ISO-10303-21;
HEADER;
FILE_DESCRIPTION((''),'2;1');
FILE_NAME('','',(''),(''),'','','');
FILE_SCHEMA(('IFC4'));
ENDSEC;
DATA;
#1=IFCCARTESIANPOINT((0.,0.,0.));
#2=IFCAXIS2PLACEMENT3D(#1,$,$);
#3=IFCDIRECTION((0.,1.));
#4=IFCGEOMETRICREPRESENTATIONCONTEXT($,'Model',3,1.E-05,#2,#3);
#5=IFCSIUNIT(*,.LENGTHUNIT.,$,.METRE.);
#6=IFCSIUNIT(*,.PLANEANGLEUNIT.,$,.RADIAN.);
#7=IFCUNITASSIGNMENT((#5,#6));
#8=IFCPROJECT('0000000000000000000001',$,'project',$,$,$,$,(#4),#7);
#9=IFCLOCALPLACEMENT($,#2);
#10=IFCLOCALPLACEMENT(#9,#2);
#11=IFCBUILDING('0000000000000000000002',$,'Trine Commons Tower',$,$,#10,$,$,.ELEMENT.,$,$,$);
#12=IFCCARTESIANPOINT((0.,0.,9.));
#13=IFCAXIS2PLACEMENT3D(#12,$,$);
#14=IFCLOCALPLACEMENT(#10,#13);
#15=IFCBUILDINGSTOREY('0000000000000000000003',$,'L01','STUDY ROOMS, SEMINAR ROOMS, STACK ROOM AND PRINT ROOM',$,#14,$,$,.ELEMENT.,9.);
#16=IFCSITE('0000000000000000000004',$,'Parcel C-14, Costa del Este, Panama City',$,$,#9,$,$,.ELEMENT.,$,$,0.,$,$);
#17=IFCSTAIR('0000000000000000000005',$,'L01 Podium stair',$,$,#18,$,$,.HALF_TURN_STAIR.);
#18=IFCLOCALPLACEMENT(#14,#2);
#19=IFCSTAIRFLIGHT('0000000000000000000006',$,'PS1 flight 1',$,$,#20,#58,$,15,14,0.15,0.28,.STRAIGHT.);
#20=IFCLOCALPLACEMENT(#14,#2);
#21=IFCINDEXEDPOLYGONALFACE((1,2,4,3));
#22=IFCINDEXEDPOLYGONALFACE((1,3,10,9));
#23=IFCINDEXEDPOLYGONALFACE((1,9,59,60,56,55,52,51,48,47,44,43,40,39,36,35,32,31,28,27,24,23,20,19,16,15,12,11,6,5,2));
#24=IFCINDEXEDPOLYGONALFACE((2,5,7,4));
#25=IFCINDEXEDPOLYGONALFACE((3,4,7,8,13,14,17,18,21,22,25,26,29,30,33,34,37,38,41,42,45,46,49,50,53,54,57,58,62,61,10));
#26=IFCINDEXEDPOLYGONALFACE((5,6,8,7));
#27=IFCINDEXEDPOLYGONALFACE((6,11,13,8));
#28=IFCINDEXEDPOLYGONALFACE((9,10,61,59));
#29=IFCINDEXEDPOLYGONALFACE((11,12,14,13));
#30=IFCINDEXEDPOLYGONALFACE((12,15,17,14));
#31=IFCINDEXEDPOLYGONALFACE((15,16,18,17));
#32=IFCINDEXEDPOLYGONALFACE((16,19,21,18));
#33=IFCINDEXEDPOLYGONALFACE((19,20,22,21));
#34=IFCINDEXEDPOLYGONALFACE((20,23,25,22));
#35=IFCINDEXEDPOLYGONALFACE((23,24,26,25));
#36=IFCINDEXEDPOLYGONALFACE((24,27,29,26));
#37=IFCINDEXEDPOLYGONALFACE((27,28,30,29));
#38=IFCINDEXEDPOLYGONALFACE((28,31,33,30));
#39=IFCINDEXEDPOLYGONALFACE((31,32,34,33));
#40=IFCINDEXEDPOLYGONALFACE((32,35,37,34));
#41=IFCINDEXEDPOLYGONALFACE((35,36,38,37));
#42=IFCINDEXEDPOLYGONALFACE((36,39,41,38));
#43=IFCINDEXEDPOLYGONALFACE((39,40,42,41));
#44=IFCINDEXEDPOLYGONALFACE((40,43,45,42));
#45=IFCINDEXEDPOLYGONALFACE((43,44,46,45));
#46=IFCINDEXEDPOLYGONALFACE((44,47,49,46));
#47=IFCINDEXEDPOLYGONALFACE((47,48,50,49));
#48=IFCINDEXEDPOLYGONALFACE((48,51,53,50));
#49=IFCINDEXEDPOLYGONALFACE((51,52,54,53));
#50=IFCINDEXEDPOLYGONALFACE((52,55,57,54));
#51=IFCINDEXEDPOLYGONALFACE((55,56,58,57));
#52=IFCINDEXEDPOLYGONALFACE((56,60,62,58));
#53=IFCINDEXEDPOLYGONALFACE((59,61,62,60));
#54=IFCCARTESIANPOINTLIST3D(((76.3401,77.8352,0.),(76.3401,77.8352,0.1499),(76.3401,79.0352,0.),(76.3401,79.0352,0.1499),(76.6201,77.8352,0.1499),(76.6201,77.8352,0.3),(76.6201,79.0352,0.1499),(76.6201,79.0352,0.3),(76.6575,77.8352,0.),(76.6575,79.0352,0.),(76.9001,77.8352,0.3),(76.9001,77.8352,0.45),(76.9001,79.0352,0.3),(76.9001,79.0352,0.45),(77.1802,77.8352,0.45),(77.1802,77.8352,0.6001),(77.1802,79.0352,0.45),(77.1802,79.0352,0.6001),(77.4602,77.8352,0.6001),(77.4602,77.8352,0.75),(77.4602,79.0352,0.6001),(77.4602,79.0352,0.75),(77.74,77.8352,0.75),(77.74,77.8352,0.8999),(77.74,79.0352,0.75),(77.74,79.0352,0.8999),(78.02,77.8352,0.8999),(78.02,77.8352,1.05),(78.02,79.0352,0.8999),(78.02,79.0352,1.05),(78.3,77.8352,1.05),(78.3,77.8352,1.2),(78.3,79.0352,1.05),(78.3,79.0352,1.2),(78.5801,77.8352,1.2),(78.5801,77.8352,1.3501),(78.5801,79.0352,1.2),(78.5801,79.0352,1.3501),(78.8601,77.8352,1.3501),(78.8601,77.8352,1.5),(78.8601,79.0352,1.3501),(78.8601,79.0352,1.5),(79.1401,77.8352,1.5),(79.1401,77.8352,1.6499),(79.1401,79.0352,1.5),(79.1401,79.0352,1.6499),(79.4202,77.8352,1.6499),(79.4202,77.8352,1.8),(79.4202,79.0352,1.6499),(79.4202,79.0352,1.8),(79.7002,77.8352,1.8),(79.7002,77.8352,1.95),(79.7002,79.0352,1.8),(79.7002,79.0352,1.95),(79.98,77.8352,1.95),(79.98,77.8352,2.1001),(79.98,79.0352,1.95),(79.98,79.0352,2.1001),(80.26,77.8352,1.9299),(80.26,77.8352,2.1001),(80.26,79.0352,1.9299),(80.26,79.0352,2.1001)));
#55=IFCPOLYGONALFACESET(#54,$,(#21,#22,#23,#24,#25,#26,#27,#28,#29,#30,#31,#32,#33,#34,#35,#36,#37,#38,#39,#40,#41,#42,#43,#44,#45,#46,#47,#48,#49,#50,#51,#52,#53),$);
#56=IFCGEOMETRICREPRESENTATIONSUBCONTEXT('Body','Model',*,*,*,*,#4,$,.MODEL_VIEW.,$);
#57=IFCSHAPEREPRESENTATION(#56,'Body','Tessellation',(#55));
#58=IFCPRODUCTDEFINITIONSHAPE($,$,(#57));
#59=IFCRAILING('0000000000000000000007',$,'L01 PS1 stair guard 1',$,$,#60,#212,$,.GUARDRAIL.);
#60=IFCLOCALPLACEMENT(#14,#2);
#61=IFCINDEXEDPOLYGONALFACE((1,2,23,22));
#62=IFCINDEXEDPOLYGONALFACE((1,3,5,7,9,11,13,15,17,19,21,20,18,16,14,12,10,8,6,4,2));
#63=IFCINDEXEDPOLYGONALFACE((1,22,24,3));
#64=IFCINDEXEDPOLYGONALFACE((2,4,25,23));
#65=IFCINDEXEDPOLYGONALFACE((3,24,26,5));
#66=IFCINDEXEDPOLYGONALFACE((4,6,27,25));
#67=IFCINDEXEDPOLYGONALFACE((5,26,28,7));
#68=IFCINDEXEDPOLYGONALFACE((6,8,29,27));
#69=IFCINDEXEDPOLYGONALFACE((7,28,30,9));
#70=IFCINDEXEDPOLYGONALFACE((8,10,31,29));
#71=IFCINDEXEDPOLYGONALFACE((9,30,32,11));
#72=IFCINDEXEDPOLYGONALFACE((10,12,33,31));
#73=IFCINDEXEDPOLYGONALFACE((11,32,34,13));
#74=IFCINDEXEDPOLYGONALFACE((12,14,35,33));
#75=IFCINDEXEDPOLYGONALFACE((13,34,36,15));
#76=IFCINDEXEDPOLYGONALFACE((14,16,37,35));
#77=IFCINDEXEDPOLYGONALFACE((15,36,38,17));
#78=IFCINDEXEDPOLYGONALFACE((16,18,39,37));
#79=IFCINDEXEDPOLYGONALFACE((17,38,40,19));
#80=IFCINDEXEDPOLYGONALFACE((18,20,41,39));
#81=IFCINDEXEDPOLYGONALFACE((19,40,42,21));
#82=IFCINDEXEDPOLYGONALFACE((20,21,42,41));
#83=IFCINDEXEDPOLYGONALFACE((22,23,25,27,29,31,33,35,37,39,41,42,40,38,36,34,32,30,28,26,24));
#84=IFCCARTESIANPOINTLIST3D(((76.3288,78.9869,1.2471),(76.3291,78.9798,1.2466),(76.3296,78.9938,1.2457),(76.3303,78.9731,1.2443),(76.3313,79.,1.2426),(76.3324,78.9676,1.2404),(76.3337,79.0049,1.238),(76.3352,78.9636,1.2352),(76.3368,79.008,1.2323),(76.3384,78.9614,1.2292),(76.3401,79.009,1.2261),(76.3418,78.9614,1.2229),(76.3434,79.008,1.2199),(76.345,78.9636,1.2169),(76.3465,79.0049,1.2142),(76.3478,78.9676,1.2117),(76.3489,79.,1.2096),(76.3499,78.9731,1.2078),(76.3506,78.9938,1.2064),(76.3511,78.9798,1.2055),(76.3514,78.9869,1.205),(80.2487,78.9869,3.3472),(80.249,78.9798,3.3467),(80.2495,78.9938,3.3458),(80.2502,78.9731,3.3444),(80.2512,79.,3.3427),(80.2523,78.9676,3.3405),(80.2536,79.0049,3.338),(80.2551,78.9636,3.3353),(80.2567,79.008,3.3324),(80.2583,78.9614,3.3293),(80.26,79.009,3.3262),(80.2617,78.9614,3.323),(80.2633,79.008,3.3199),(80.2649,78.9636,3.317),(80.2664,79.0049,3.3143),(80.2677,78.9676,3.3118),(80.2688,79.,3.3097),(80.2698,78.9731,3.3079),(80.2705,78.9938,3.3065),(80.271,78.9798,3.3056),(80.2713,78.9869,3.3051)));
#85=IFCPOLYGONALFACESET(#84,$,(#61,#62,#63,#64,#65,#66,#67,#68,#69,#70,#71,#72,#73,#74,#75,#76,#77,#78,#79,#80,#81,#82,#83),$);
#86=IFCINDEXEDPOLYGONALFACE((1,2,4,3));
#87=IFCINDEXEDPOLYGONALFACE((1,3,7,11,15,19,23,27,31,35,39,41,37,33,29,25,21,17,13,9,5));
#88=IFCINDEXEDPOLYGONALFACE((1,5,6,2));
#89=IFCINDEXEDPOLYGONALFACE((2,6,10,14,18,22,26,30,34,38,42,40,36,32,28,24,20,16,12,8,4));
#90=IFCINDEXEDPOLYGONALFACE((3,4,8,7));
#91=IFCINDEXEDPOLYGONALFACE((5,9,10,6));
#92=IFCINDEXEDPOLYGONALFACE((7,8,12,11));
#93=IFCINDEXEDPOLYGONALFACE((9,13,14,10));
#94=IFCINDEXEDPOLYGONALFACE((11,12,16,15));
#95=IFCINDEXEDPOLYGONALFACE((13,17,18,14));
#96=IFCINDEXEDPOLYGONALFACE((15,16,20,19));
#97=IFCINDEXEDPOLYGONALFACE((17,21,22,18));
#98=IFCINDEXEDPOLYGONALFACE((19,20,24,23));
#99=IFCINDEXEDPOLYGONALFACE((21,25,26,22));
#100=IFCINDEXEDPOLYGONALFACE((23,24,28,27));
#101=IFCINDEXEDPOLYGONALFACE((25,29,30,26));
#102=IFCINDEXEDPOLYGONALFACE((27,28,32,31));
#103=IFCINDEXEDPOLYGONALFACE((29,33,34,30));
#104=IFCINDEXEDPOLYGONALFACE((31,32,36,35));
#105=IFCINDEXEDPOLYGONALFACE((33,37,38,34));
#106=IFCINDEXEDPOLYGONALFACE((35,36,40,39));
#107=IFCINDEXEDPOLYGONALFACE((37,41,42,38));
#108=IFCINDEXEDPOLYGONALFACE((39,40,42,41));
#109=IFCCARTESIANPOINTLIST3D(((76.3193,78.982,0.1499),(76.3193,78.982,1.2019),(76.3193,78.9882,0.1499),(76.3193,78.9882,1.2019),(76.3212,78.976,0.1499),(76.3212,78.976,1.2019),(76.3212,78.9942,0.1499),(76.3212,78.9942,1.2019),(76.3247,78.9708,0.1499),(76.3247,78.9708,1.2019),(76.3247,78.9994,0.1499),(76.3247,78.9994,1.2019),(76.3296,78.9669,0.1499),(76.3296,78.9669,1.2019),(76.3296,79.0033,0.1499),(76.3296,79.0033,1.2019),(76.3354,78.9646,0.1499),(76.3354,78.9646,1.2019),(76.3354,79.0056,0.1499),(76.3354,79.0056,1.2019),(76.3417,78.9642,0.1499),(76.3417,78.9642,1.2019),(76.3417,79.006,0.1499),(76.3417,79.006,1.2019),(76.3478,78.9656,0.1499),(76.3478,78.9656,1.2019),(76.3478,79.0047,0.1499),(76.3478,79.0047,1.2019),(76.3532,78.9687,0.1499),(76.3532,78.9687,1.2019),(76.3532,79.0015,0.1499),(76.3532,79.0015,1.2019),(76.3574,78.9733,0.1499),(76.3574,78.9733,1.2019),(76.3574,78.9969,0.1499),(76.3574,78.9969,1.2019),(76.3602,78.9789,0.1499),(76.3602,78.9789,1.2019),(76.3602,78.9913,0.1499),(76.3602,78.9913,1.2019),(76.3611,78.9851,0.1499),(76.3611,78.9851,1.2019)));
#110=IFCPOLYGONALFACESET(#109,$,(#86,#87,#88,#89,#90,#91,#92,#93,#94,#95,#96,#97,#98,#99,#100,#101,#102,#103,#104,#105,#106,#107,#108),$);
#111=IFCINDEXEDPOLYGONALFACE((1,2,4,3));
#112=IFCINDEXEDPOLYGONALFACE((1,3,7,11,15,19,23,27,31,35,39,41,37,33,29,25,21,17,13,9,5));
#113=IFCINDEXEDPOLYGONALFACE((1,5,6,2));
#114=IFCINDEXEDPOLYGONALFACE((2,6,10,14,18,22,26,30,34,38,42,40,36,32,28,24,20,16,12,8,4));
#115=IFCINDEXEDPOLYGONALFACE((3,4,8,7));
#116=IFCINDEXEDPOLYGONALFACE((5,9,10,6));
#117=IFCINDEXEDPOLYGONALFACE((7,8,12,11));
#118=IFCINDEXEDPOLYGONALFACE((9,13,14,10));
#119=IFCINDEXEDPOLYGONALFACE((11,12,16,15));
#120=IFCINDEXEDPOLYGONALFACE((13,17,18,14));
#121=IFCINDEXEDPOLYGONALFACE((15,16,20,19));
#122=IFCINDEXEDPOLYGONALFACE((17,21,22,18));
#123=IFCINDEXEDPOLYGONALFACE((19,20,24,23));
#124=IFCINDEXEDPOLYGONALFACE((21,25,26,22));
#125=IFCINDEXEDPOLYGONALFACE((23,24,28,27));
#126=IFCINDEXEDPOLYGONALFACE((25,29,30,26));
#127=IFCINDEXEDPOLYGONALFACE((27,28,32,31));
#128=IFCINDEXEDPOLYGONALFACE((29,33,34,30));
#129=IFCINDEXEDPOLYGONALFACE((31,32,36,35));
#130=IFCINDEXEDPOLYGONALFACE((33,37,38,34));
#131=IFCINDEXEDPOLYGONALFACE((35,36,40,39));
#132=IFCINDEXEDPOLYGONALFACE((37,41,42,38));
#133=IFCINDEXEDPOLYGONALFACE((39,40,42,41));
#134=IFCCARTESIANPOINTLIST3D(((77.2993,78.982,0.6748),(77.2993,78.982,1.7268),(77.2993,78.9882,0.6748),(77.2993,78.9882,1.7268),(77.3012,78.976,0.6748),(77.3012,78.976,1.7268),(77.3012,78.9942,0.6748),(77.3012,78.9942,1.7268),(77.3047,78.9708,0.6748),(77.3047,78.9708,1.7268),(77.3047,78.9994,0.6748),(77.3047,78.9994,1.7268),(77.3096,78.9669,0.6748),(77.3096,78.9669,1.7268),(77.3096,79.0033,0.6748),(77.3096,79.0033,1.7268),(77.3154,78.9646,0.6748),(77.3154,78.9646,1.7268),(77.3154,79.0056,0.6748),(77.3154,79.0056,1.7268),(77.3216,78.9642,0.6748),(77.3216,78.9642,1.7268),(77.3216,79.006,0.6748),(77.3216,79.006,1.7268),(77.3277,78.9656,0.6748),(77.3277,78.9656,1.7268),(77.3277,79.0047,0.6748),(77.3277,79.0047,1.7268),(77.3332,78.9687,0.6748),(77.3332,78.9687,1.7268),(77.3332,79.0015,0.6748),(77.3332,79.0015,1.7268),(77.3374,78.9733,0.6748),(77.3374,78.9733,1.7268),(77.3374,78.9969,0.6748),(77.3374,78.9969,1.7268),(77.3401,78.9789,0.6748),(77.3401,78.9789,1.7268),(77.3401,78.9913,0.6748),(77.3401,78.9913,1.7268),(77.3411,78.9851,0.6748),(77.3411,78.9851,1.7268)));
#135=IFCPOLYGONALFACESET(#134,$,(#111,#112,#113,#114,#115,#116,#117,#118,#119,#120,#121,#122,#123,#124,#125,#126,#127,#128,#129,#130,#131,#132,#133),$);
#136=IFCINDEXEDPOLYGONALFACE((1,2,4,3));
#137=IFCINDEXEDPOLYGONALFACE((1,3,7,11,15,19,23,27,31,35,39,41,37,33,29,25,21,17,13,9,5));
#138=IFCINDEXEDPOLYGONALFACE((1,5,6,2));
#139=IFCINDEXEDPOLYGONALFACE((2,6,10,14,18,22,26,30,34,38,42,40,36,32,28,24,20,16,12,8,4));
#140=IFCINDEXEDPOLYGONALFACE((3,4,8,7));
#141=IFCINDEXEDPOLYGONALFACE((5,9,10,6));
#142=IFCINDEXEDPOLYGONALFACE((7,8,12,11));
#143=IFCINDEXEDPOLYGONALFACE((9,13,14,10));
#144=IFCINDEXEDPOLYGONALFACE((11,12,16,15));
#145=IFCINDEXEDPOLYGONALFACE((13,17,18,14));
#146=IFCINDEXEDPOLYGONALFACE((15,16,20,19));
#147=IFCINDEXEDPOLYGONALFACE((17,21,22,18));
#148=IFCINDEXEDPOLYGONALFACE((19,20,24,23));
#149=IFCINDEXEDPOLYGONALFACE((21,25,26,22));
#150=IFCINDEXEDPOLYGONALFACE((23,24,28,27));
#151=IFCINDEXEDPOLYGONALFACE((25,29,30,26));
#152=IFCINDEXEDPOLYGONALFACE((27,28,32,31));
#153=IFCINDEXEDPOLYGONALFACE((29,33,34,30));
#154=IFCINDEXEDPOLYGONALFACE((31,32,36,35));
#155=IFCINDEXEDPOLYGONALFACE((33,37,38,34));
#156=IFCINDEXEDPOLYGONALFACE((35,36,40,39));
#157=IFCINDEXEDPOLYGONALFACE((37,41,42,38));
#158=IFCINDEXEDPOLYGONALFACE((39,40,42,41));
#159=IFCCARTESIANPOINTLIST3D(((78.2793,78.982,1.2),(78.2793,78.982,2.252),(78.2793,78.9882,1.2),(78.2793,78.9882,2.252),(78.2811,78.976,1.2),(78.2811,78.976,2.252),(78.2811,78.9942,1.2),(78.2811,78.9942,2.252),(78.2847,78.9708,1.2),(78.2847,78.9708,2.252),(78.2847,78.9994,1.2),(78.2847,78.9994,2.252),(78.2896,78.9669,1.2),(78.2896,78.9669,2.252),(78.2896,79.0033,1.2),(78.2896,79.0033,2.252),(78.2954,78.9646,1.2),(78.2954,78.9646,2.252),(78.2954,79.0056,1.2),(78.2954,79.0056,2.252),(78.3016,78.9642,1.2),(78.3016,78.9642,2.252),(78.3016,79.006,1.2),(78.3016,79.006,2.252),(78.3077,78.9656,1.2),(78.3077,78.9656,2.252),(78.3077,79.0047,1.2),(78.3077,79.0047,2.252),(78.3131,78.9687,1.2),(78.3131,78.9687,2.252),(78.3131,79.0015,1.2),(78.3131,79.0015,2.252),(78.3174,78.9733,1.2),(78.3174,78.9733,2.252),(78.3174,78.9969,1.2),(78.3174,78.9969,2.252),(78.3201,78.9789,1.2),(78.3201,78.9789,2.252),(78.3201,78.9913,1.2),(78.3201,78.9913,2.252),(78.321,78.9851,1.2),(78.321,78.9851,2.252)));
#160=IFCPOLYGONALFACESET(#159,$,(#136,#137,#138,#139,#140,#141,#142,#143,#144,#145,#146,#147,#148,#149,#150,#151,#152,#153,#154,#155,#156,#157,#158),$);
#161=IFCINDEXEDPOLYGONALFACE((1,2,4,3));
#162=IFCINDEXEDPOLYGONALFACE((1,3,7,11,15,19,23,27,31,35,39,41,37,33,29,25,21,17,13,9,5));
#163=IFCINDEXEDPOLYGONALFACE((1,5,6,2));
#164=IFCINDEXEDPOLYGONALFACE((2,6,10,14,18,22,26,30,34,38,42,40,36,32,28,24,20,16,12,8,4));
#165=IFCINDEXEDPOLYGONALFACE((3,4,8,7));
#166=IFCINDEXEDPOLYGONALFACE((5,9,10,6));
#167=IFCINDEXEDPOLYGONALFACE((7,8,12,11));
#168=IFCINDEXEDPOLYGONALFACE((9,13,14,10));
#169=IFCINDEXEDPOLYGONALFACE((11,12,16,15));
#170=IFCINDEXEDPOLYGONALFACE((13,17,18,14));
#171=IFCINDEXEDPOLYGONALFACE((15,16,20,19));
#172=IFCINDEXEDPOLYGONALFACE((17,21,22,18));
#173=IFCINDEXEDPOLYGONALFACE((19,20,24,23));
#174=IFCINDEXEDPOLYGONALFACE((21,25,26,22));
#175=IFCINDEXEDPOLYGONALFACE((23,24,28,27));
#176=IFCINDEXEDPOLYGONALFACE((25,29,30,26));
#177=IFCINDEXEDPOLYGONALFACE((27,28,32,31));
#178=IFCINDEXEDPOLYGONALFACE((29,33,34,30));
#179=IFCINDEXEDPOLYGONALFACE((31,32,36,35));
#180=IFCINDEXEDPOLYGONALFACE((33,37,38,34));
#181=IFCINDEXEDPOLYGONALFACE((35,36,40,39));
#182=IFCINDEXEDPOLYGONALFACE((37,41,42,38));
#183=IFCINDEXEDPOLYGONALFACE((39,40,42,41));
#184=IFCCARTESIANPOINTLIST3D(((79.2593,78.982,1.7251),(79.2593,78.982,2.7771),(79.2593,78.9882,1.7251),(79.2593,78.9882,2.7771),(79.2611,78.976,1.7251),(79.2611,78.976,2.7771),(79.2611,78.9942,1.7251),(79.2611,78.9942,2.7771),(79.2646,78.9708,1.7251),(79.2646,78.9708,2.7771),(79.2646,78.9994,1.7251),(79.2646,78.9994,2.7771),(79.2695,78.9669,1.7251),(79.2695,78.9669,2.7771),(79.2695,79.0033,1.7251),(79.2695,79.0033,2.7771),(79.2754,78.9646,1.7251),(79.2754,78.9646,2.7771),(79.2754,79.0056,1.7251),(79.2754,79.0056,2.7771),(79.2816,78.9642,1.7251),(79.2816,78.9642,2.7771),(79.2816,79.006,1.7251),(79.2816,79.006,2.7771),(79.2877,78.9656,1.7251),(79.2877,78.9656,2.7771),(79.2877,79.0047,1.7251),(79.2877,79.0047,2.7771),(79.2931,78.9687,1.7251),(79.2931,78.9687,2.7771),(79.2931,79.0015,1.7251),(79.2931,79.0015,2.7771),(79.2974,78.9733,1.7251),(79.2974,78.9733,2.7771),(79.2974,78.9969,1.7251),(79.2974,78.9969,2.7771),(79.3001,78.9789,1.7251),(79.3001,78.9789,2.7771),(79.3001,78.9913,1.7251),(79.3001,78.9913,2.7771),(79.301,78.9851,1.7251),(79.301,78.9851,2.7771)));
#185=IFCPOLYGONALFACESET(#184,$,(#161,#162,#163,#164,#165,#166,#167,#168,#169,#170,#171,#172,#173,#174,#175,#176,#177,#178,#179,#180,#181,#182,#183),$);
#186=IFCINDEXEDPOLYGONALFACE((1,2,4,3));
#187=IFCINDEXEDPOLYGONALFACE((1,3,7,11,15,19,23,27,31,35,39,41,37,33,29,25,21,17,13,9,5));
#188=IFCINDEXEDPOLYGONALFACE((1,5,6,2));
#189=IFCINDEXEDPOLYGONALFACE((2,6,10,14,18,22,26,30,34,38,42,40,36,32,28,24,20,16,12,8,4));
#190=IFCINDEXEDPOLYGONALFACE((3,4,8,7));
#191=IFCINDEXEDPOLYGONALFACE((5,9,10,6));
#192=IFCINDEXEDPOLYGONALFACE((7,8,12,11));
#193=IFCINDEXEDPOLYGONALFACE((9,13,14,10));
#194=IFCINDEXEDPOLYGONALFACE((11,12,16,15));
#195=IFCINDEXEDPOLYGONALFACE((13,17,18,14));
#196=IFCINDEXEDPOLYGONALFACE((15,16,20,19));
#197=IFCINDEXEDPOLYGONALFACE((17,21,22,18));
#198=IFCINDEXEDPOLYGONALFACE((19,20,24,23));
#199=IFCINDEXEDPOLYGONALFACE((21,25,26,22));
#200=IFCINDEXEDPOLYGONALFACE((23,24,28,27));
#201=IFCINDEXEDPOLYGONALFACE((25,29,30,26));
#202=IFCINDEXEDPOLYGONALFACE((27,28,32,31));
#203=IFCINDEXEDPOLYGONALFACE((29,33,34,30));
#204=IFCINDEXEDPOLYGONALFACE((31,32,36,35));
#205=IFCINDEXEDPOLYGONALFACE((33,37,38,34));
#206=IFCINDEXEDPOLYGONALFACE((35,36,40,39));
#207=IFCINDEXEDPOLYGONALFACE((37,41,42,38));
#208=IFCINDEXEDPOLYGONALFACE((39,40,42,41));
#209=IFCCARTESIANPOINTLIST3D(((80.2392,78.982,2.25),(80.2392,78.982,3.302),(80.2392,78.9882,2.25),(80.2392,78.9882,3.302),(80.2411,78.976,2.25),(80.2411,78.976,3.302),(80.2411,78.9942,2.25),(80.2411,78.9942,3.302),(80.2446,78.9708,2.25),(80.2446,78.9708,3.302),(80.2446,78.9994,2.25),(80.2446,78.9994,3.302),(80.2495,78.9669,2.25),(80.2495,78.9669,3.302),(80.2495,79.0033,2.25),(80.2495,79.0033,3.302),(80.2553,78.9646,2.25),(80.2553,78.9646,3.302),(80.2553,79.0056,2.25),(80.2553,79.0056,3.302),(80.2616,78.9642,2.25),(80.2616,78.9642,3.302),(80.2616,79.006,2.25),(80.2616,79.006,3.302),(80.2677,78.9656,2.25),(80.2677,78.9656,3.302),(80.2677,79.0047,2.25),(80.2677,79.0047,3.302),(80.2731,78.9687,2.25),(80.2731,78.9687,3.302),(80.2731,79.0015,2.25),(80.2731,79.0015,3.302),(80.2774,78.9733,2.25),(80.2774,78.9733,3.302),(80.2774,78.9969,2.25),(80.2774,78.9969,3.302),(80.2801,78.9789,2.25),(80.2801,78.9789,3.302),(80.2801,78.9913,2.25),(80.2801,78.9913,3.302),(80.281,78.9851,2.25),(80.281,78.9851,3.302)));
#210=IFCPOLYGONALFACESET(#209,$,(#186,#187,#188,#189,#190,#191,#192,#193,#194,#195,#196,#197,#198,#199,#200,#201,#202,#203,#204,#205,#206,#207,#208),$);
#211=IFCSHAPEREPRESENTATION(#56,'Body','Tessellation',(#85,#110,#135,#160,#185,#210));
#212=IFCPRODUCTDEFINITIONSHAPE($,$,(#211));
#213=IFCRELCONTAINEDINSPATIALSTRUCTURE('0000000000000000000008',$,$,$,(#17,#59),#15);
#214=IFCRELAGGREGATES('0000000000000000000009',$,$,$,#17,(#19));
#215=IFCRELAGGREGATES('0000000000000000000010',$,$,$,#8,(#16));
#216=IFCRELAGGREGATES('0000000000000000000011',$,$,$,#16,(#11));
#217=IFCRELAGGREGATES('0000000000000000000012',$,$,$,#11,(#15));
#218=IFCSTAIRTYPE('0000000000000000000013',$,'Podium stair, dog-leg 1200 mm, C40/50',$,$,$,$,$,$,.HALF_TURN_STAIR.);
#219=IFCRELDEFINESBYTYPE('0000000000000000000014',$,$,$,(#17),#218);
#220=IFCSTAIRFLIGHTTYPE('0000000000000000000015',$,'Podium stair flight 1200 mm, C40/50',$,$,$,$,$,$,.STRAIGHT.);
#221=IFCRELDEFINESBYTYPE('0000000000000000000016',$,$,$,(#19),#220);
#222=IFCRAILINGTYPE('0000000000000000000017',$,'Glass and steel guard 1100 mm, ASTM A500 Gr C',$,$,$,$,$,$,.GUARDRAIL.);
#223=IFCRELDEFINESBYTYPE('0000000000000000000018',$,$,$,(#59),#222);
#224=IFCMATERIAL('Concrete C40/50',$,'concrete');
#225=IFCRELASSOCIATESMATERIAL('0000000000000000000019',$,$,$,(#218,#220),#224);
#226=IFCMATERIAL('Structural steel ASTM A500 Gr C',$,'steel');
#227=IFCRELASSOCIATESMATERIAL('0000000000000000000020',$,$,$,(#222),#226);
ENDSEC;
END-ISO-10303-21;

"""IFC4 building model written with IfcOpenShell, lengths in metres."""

from ifc_helpers import new_model, si_unit, direction, frame, origin, origin_2d, place, context, subcontext, project, spatial, polyline, circle, outline, extrude, material, type_object, element, aggregate, save


model = new_model("IFC4")

# Units and contexts
model_context = context("Model", 3, precision=1e-05, world=origin(), true_north=direction((0.0, 1.0)))
body_context = subcontext(model_context, "Body", "Model", "MODEL_VIEW")
ifc_project = project(units=[si_unit("LENGTHUNIT", "METRE"), si_unit("PLANEANGLEUNIT", "RADIAN")], contexts=[model_context])

# Site, building, storey
site_placement = place(None, origin())
site = spatial("IfcSite", under=ifc_project, at=site_placement, Name="Parcel C-14, Costa del Este, Panama City", CompositionType="ELEMENT", RefElevation=0.0)
building_placement = place(site_placement, origin())
building = spatial("IfcBuilding", under=site, at=building_placement, Name="Trine Commons Tower", CompositionType="ELEMENT")
storey_placement = place(building_placement, frame((0.0, 0.0, 9.0)))
storey = spatial("IfcBuildingStorey", under=building, at=storey_placement, Name="L01", Description="STUDY ROOMS, SEMINAR ROOMS, STACK ROOM AND PRINT ROOM", CompositionType="ELEMENT", Elevation=9.0)

# Stair, stair flight
ifc_material_1 = material(Name="Concrete C40/50", Category="concrete")
stair_type = type_object("IfcStairType", Name="Podium stair, dog-leg 1200 mm, C40/50", PredefinedType="HALF_TURN_STAIR", material=ifc_material_1)
stair_placement = place(storey_placement, origin())
stair = element("IfcStair", 1, at=stair_placement, inside=storey, type_object=stair_type, Name="L01 Podium stair", PredefinedType="HALF_TURN_STAIR")
stair_flight_type = type_object("IfcStairFlightType", Name="Podium stair flight 1200 mm, C40/50", PredefinedType="STRAIGHT", material=ifc_material_1)
stair_flight_placement = place(storey_placement, frame((76.3401, 78.4351, 0.0), z_axis=(0.0, 0.0, 1.0), x_axis=(1.0, 0.0, 0.0)))
stair_flight = element("IfcStairFlight", 2, at=stair_flight_placement, type_object=stair_flight_type, Name="PS1 flight 1", NumberOfRisers=15, NumberOfTreads=14, PredefinedType="STRAIGHT", RiserHeight=0.15, TreadLength=0.28, context=body_context, shape_type="SweptSolid", body=[
    extrude(outline(polyline([(0.0, 0.0), (0.0, 0.1499), (0.28, 0.1499), (0.28, 0.3), (0.5601, 0.3), (0.5601, 0.45), (0.8401, 0.45), (0.8401, 0.6001), (1.1201, 0.6001), (1.1201, 0.75), (1.3999, 0.75), (1.3999, 0.8999), (1.6799, 0.8999), (1.6799, 1.05), (1.96, 1.05), (1.96, 1.2), (2.24, 1.2), (2.24, 1.3501), (2.52, 1.3501), (2.52, 1.5), (2.8, 1.5), (2.8, 1.6499), (3.0801, 1.6499), (3.0801, 1.8), (3.3601, 1.8), (3.3601, 1.95), (3.6399, 1.95), (3.6399, 2.1001), (3.9199, 2.1001), (3.9199, 2.25), (3.9199, 1.9299), (0.3174, 0.0), (0.0, 0.0)])), frame((0.0, 0.6001, 0.0), z_axis=(0.0, -1.0, 0.0), x_axis=(1.0, 0.0, 0.0)), (0.0, 0.0, 1.0), 1.2),
])
aggregate(stair, [stair_flight])

# Railing
ifc_material_2 = material(Name="Structural steel ASTM A500 Gr C", Category="steel")
railing_type_1 = type_object("IfcRailingType", Name="Glass and steel guard 1100 mm, ASTM A500 Gr C", PredefinedType="GUARDRAIL", material=ifc_material_2)
railing_1_placement = place(storey_placement, frame((76.3401, 78.9851, 0.1499)))
element("IfcRailing", 3, at=railing_1_placement, inside=storey, type_object=railing_type_1, Name="L01 PS1 stair guard 1", PredefinedType="GUARDRAIL", context=body_context, shape_type="SweptSolid", body=[
    extrude(circle(Radius=0.0239, at=origin_2d()), frame((0.0, 0.0, 1.0762), z_axis=(0.881467, 0.0, 0.472246), x_axis=(0.0, 1.0, 0.0)), (0.0, 0.0, 1.0), 4.447),
    extrude(circle(Radius=0.021, at=origin_2d()), origin(), (0.0, 0.0, 1.0), 1.052),
    extrude(circle(Radius=0.021, at=origin_2d()), frame((0.98, 0.0, 0.5249)), (0.0, 0.0, 1.0), 1.052),
    extrude(circle(Radius=0.021, at=origin_2d()), frame((1.96, 0.0, 1.05)), (0.0, 0.0, 1.0), 1.052),
    extrude(circle(Radius=0.021, at=origin_2d()), frame((2.9399, 0.0, 1.5752)), (0.0, 0.0, 1.0), 1.052),
    extrude(circle(Radius=0.021, at=origin_2d()), frame((3.9199, 0.0, 2.1001)), (0.0, 0.0, 1.0), 1.052),
])

save(model, "model.ifc")
